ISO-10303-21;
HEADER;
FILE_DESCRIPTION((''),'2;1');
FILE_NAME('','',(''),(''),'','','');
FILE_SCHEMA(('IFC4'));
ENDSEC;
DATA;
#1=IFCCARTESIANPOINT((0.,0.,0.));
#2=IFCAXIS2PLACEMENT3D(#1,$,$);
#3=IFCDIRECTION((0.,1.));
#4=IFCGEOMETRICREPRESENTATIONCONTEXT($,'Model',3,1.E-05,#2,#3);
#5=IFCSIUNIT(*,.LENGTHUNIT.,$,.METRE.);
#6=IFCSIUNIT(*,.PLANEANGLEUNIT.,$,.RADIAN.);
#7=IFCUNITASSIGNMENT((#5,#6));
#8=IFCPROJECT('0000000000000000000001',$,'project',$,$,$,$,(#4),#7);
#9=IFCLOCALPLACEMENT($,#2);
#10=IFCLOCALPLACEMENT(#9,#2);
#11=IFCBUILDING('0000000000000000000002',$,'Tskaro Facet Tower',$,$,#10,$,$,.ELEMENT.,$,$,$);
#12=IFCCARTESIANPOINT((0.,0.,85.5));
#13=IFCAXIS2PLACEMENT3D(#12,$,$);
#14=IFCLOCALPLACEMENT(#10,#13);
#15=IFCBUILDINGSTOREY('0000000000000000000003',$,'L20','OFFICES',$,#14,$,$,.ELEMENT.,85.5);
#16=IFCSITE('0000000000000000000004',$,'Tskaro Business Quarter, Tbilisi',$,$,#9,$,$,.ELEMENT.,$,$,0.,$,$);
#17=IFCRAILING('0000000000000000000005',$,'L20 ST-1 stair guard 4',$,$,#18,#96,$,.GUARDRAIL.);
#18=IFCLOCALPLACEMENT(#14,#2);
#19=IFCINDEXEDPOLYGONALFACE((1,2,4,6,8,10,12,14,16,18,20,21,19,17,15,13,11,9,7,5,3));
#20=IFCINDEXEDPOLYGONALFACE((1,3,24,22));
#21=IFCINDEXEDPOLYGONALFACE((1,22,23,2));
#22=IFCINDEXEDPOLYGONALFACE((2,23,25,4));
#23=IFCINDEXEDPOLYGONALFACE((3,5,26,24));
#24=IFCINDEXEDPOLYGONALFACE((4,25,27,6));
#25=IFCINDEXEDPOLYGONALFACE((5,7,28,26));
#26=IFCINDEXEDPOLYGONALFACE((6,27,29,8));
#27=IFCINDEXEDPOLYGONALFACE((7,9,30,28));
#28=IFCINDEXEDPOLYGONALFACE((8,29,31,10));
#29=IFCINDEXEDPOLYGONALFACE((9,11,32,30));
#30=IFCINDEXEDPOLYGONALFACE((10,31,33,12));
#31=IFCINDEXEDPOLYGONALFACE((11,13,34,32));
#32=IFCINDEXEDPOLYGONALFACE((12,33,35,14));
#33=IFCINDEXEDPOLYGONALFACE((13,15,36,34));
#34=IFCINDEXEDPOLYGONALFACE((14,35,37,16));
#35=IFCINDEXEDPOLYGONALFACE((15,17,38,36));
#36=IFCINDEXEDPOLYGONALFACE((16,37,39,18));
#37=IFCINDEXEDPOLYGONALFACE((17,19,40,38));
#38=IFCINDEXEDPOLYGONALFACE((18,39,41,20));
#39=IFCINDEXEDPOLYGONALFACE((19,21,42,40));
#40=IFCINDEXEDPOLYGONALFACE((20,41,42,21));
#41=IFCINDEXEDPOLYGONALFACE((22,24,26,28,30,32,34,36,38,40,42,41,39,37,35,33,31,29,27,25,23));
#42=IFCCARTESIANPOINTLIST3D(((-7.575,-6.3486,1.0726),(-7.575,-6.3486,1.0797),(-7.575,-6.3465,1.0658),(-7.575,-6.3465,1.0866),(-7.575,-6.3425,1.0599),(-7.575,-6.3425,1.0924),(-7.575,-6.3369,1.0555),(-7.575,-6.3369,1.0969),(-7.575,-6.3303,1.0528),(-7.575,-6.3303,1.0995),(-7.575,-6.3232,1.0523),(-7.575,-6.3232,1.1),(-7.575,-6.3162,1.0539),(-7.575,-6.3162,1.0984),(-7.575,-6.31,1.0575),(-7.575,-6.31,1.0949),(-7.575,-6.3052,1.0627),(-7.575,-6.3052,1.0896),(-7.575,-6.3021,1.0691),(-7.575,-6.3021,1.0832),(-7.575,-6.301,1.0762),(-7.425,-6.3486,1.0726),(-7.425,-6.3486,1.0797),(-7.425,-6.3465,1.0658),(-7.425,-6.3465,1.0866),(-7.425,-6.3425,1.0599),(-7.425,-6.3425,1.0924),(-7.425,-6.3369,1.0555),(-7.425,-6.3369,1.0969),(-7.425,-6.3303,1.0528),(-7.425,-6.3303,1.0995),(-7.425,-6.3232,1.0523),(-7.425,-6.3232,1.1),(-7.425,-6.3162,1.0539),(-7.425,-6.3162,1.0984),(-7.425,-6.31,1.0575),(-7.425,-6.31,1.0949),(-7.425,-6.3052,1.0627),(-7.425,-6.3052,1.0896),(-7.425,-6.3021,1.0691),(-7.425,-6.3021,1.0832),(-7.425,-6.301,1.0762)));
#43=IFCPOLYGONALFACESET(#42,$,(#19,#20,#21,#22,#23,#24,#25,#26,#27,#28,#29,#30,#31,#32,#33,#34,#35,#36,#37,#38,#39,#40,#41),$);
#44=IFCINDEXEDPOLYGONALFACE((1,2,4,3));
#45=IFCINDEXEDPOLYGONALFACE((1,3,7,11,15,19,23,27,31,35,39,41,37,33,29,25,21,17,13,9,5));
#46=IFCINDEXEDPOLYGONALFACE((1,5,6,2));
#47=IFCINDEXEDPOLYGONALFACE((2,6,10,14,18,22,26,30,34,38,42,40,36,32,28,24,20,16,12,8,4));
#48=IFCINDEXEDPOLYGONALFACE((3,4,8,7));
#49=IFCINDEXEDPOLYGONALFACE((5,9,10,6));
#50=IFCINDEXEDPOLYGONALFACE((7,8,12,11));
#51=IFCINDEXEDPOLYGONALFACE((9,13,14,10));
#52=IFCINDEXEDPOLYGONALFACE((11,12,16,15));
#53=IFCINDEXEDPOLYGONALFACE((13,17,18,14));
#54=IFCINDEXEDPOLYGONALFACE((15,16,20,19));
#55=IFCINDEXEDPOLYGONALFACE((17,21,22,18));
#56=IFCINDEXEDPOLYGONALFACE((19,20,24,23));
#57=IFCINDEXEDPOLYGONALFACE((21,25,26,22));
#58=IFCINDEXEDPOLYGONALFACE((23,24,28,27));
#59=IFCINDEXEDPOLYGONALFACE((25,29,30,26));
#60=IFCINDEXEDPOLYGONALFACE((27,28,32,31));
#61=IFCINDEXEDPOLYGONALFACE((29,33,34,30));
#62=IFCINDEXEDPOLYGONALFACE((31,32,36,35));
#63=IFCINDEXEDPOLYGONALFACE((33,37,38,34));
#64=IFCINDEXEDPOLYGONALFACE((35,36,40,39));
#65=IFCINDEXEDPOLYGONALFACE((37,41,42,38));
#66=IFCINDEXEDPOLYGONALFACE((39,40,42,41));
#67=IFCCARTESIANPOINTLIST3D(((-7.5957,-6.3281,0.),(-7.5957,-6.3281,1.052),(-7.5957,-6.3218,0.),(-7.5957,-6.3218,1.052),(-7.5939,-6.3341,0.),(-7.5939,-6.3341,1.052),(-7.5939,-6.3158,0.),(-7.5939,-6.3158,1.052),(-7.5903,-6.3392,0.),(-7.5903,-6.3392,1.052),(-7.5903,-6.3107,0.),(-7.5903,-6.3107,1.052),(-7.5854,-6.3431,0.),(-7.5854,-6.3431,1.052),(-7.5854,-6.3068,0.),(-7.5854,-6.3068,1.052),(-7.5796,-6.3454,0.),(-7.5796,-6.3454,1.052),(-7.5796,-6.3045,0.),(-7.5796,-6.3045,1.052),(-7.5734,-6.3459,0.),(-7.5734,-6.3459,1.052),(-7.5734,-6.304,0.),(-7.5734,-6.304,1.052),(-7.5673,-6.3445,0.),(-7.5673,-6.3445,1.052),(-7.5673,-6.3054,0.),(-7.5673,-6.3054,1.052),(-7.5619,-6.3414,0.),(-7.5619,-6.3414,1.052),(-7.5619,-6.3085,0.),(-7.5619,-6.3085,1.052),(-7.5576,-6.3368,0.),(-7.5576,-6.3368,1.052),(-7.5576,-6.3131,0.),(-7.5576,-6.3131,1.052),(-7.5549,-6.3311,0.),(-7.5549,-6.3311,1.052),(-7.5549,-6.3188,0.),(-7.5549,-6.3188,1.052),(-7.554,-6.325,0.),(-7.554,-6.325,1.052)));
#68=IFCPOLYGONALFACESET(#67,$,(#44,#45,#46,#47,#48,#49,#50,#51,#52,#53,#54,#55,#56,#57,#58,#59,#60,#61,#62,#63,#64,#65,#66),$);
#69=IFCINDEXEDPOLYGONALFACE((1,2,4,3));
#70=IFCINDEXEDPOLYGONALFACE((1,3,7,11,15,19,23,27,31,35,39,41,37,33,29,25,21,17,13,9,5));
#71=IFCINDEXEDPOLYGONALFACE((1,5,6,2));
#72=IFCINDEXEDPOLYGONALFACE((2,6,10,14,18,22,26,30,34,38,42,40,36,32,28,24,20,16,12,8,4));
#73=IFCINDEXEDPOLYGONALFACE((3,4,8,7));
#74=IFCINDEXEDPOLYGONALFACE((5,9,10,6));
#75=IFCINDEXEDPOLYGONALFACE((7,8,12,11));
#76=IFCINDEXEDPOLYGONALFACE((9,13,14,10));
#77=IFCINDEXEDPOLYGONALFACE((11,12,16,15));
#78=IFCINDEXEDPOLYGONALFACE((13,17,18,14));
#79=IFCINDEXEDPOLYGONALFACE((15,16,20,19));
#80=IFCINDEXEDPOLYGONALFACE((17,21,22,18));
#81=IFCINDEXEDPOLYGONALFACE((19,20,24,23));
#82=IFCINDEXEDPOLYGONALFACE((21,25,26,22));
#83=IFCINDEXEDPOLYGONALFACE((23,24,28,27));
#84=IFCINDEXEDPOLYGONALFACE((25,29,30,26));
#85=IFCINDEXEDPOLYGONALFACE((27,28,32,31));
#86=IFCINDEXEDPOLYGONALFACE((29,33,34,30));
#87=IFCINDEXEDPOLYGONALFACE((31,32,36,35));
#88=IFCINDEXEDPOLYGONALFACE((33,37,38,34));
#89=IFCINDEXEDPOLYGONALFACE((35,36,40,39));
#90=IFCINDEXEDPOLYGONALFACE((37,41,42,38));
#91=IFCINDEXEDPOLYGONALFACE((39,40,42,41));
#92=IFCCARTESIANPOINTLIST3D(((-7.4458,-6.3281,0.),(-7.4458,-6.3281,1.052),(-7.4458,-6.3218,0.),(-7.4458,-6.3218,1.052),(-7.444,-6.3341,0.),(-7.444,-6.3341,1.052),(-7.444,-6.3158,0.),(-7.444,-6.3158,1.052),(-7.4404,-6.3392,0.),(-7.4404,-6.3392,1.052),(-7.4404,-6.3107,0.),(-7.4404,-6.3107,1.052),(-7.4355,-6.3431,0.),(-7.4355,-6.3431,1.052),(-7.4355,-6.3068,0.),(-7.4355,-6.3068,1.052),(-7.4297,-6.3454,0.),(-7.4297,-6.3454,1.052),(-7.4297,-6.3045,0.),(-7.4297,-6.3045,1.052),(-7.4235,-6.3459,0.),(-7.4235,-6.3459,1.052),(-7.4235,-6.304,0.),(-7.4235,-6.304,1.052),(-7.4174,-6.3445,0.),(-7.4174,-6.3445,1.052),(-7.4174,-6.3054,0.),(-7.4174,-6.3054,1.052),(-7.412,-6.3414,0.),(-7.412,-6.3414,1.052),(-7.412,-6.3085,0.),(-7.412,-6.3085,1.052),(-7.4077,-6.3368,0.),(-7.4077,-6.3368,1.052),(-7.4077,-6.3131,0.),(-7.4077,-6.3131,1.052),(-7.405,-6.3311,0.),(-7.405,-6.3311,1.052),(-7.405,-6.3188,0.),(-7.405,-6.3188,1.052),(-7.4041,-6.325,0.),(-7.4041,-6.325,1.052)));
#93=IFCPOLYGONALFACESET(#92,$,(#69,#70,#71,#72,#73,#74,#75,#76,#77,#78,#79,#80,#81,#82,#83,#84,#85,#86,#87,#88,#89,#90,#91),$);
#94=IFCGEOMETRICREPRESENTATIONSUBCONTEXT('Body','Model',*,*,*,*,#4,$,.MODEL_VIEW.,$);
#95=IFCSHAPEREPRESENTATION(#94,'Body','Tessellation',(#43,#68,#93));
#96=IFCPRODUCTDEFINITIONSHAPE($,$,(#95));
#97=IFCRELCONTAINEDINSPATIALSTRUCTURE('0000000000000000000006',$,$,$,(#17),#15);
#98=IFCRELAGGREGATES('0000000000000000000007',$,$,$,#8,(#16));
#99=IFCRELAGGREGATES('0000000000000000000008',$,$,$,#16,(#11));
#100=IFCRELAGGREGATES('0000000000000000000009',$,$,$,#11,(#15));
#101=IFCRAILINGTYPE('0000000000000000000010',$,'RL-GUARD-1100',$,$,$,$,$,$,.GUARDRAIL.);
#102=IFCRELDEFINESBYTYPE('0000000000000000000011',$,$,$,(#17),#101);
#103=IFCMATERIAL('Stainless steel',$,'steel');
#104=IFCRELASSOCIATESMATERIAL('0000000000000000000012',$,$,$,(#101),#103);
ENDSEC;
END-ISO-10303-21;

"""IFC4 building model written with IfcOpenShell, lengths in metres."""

from ifc_helpers import new_model, si_unit, direction, frame, origin, origin_2d, place, context, subcontext, project, spatial, circle, extrude, material, type_object, element, save


model = new_model("IFC4")

# Units and contexts
model_context = context("Model", 3, precision=1e-05, world=origin(), true_north=direction((0.0, 1.0)))
body_context = subcontext(model_context, "Body", "Model", "MODEL_VIEW")
ifc_project = project(units=[si_unit("LENGTHUNIT", "METRE"), si_unit("PLANEANGLEUNIT", "RADIAN")], contexts=[model_context])

# Site, building, storey
site_placement = place(None, origin())
site = spatial("IfcSite", under=ifc_project, at=site_placement, Name="Tskaro Business Quarter, Tbilisi", CompositionType="ELEMENT", RefElevation=0.0)
building_placement = place(site_placement, origin())
building = spatial("IfcBuilding", under=site, at=building_placement, Name="Tskaro Facet Tower", CompositionType="ELEMENT")
storey_placement = place(building_placement, frame((0.0, 0.0, 85.5)))
storey = spatial("IfcBuildingStorey", under=building, at=storey_placement, Name="L20", Description="OFFICES", CompositionType="ELEMENT", Elevation=85.5)

# Shared definitions
ifc_material_1 = material(Name="Stainless steel", Category="steel")

# Railing
railing_type_1 = type_object("IfcRailingType", Name="RL-GUARD-1100", PredefinedType="GUARDRAIL", material=ifc_material_1)
railing_1_placement = place(storey_placement, frame((-7.575, -6.325, 0.0)))
element("IfcRailing", 1, at=railing_1_placement, inside=storey, type_object=railing_type_1, Name="L20 ST-1 stair guard 4", PredefinedType="GUARDRAIL", context=body_context, shape_type="SweptSolid", body=[
    extrude(circle(Radius=0.0239, at=origin_2d()), frame((0.0, 0.0, 1.0762), z_axis=(1.0, 0.0, 0.0), x_axis=(0.0, 1.0, 0.0)), (0.0, 0.0, 1.0), 0.1499),
    extrude(circle(Radius=0.021, at=origin_2d()), origin(), (0.0, 0.0, 1.0), 1.052),
    extrude(circle(Radius=0.021, at=origin_2d()), frame((0.1499, 0.0, 0.0)), (0.0, 0.0, 1.0), 1.052),
])

save(model, "model.ifc")
